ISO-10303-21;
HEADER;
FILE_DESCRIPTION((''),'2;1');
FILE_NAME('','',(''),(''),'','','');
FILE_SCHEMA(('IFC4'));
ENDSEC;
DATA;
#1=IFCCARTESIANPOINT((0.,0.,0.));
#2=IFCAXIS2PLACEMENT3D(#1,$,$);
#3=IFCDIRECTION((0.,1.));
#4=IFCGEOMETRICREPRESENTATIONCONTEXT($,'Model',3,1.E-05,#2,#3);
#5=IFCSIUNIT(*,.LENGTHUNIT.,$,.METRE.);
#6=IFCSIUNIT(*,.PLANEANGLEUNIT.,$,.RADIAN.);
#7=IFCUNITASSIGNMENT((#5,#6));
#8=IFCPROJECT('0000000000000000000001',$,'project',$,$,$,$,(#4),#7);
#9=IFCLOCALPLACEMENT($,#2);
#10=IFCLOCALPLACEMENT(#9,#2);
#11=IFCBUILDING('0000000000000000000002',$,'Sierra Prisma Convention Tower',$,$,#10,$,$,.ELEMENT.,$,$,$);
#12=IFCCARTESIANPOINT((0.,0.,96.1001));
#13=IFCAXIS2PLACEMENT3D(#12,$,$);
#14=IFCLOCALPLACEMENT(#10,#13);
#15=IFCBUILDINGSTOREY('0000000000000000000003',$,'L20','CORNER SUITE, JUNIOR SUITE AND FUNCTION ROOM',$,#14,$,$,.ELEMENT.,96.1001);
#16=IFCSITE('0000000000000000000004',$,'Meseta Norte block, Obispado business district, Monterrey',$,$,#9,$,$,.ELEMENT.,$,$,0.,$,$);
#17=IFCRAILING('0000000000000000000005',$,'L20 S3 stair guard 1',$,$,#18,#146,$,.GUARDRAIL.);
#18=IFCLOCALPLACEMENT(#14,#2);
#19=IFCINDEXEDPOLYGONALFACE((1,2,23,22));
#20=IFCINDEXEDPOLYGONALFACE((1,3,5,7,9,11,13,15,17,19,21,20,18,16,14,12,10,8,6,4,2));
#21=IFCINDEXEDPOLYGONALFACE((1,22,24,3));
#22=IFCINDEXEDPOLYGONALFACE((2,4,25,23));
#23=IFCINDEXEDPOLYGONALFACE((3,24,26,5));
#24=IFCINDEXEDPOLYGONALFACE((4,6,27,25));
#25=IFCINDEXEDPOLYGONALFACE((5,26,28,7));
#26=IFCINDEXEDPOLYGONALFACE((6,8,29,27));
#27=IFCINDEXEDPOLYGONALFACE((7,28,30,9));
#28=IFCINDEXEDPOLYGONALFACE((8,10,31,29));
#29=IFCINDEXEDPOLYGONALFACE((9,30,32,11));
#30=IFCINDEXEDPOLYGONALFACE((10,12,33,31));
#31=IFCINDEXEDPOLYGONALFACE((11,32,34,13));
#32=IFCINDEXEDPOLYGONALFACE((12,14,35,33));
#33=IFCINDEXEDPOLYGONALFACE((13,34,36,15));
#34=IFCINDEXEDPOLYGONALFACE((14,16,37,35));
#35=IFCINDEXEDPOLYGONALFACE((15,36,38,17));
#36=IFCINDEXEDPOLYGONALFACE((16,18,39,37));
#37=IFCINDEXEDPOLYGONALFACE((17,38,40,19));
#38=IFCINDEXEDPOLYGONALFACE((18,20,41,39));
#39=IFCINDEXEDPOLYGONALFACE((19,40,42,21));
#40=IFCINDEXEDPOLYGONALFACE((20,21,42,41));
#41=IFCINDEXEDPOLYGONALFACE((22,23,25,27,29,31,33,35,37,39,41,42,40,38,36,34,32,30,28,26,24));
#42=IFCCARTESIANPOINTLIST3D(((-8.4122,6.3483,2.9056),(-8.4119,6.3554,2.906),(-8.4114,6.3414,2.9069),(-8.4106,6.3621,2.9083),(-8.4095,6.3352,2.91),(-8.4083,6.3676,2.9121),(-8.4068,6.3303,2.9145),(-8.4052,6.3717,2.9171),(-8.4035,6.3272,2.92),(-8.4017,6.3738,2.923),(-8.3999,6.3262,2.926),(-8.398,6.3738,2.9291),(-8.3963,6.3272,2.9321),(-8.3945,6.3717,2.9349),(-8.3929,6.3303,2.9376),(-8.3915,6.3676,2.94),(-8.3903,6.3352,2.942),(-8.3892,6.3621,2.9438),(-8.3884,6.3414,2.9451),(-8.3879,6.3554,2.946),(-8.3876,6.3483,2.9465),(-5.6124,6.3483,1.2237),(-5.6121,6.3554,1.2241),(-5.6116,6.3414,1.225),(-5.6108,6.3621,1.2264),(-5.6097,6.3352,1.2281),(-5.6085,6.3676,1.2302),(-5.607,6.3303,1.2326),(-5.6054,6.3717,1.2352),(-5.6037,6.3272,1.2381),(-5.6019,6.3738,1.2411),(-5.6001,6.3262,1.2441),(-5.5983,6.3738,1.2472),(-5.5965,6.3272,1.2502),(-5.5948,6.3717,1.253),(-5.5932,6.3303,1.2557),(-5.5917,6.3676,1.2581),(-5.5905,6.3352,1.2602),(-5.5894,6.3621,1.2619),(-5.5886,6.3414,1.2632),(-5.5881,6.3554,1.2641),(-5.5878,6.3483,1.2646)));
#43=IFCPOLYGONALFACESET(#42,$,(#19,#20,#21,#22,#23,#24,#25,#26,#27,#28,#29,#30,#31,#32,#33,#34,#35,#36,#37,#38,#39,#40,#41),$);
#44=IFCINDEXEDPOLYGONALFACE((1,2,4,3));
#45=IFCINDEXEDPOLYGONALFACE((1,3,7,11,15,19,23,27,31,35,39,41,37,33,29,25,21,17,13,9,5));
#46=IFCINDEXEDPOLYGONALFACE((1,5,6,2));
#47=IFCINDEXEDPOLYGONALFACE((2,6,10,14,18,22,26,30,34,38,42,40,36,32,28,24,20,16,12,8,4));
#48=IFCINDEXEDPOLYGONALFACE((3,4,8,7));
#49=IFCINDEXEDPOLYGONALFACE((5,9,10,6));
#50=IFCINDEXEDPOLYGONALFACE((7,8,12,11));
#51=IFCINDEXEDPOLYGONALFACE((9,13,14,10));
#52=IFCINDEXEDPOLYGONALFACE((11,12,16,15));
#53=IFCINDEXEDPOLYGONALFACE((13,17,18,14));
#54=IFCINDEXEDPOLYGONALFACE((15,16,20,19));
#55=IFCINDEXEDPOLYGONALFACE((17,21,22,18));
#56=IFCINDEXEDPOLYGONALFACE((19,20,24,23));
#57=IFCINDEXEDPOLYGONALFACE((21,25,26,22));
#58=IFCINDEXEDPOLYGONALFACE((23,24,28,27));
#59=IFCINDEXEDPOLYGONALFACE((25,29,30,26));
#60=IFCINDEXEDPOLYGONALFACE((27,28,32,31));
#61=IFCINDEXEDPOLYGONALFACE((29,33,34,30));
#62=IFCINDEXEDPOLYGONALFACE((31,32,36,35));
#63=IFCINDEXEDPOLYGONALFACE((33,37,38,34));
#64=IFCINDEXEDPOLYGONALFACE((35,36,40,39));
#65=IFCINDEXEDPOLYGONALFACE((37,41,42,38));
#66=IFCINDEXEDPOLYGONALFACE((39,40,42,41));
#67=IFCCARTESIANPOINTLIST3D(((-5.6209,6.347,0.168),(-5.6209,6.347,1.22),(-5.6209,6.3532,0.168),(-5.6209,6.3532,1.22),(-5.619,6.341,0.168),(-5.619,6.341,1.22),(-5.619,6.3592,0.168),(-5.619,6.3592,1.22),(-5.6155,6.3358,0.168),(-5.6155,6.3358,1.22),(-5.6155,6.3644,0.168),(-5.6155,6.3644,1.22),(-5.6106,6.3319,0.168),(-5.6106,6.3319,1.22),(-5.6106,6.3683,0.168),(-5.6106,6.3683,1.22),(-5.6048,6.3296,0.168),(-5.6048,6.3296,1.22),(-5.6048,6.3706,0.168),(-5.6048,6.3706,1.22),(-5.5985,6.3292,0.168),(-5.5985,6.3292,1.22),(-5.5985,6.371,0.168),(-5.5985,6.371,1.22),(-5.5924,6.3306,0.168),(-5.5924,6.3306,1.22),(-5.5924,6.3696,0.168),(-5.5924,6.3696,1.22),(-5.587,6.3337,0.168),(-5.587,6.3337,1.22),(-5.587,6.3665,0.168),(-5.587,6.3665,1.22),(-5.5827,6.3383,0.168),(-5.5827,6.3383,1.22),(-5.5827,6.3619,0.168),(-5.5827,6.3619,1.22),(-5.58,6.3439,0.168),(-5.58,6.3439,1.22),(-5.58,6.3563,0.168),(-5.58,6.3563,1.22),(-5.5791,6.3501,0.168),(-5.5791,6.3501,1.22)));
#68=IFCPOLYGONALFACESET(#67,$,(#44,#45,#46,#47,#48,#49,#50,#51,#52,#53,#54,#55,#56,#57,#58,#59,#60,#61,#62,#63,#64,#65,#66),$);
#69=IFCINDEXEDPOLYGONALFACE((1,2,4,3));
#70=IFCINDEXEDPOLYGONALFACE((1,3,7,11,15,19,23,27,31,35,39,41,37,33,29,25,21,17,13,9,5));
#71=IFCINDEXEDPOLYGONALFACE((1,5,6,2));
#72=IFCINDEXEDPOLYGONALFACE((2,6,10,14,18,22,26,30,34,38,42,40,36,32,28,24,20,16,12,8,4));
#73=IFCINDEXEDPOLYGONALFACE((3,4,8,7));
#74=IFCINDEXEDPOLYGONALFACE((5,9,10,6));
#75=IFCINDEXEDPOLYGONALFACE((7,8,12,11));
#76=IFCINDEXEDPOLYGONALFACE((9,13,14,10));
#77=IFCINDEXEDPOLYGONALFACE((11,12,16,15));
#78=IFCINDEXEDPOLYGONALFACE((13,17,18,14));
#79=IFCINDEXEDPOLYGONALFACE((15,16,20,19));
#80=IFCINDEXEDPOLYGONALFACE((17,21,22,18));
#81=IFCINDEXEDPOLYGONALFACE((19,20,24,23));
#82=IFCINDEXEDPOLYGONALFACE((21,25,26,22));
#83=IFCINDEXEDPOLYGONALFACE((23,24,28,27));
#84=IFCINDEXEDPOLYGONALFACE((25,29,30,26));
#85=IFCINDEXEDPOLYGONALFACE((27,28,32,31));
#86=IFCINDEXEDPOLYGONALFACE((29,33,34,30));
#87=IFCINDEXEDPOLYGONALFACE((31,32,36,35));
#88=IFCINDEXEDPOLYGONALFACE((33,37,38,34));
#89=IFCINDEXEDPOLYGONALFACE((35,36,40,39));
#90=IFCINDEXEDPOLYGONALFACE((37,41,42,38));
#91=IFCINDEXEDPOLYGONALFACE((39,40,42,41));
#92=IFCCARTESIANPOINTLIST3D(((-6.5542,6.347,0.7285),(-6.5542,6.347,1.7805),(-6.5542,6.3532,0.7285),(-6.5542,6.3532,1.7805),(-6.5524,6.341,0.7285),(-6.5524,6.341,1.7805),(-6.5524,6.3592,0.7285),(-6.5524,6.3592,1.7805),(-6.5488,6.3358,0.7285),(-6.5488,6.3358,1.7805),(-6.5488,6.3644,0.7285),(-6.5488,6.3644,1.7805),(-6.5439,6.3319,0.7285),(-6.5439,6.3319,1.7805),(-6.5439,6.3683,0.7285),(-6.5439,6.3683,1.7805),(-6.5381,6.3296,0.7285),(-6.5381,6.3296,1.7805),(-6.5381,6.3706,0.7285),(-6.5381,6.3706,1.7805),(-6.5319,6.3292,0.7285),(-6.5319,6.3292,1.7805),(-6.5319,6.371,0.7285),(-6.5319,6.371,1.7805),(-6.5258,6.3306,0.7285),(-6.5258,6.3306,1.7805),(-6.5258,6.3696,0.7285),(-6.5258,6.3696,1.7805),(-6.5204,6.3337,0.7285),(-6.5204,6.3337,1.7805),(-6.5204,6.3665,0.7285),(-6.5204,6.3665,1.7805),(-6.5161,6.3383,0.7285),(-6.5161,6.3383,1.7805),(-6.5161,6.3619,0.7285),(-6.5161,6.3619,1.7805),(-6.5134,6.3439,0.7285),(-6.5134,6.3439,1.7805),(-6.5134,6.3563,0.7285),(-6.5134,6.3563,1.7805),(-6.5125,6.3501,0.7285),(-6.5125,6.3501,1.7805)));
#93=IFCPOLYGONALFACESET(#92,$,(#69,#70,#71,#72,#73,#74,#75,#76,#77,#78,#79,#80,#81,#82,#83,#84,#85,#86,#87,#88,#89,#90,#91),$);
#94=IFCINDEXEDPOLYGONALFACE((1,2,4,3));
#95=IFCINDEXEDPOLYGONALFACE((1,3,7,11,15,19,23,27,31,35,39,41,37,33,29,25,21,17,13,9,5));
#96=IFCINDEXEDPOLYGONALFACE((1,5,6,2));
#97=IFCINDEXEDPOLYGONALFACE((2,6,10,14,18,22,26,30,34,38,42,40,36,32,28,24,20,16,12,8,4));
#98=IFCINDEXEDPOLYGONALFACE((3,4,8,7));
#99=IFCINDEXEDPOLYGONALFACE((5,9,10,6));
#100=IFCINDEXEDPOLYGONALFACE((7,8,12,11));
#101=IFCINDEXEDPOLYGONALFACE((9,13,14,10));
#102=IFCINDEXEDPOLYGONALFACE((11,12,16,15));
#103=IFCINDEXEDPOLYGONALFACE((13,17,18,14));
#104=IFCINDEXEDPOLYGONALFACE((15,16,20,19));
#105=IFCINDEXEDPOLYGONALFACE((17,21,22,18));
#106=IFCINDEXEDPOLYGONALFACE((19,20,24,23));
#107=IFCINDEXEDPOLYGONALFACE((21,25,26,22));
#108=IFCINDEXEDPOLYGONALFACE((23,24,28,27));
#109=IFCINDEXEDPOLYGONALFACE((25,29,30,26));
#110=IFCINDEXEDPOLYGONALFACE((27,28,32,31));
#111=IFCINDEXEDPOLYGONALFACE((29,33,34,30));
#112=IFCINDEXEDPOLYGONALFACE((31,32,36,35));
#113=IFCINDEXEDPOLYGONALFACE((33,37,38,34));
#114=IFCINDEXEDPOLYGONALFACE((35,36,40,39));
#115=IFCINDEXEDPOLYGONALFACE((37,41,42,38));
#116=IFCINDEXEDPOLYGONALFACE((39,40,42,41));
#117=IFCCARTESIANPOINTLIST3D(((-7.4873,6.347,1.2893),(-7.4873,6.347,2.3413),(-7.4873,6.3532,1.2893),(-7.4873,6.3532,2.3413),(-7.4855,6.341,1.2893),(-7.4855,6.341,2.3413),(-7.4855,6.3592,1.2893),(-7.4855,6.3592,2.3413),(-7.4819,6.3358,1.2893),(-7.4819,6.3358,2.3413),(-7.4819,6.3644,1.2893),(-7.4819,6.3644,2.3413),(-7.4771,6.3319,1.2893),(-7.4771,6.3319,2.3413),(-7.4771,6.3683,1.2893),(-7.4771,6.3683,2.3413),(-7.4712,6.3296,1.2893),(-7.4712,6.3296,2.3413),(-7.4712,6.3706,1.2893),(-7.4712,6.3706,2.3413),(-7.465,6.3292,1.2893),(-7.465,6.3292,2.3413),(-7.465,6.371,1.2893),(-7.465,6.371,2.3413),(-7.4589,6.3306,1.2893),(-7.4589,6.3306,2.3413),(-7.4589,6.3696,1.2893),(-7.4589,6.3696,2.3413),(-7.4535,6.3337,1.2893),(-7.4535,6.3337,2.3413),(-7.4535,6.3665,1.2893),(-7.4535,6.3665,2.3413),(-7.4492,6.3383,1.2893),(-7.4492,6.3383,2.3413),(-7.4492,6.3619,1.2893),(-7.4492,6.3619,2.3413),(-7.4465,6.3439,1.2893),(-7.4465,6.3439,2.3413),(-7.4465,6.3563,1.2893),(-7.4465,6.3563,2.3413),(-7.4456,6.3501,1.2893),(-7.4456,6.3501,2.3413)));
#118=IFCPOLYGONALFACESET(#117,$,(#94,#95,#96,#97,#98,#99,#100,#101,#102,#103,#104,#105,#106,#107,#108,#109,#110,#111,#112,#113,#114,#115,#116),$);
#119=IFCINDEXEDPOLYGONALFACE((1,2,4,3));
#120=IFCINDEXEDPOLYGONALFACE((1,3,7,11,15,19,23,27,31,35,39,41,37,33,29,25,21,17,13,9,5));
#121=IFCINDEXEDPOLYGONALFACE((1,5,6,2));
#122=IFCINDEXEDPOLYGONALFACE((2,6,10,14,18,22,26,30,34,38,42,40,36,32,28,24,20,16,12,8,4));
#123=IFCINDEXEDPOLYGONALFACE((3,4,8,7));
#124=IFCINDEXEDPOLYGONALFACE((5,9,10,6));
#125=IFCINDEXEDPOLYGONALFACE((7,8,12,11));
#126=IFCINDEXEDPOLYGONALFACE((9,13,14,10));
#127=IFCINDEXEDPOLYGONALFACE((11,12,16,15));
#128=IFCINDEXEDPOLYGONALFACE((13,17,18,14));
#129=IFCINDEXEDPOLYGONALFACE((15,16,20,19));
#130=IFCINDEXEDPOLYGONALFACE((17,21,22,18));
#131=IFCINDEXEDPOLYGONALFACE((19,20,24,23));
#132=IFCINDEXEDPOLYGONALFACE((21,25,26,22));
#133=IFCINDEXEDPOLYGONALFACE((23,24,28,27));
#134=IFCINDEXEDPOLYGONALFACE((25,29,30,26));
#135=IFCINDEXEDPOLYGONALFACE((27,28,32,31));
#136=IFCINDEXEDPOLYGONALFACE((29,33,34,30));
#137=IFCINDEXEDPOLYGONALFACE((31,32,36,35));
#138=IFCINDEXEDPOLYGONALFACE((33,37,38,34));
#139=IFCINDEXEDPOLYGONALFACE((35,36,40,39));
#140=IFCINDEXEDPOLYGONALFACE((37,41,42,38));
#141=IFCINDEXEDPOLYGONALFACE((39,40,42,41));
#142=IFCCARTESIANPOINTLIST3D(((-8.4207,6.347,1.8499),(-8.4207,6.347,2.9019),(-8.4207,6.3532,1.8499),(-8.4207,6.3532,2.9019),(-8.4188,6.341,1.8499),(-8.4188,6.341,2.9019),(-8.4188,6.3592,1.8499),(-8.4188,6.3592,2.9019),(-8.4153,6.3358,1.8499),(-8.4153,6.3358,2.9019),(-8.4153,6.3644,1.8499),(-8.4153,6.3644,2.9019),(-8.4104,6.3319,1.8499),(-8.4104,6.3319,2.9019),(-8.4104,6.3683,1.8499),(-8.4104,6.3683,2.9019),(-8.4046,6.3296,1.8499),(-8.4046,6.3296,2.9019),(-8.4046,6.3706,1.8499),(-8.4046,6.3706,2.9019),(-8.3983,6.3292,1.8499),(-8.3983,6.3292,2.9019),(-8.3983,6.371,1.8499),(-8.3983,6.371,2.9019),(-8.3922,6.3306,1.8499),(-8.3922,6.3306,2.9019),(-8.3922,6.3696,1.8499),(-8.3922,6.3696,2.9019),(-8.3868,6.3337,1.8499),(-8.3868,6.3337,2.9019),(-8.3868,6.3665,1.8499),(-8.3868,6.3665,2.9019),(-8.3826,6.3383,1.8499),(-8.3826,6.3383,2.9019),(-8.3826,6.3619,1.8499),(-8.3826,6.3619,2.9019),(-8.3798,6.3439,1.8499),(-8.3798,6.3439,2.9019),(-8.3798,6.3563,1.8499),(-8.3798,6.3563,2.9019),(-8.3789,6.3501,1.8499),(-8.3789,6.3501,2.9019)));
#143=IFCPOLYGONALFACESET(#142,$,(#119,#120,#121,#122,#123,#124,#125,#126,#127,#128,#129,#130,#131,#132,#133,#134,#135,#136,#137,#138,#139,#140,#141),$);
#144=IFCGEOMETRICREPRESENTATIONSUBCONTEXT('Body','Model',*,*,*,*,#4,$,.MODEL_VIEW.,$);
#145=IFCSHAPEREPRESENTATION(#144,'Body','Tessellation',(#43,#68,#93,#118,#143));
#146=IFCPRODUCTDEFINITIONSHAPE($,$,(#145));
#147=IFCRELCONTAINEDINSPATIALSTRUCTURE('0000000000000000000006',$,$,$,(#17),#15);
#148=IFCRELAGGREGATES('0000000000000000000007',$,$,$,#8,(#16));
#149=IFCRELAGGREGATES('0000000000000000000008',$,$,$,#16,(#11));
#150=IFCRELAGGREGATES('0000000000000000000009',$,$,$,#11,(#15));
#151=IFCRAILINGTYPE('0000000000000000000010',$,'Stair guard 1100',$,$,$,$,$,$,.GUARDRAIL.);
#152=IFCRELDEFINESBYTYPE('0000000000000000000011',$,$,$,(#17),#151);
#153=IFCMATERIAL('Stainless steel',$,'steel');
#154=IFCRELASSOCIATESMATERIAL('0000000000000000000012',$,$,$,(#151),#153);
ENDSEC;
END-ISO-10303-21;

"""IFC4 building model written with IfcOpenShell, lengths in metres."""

from ifc_helpers import new_model, si_unit, direction, frame, origin, origin_2d, place, context, subcontext, project, spatial, circle, extrude, material, type_object, element, save


model = new_model("IFC4")

# Units and contexts
model_context = context("Model", 3, precision=1e-05, world=origin(), true_north=direction((0.0, 1.0)))
body_context = subcontext(model_context, "Body", "Model", "MODEL_VIEW")
ifc_project = project(units=[si_unit("LENGTHUNIT", "METRE"), si_unit("PLANEANGLEUNIT", "RADIAN")], contexts=[model_context])

# Site, building, storey
site_placement = place(None, origin())
site = spatial("IfcSite", under=ifc_project, at=site_placement, Name="Meseta Norte block, Obispado business district, Monterrey", CompositionType="ELEMENT", RefElevation=0.0)
building_placement = place(site_placement, origin())
building = spatial("IfcBuilding", under=site, at=building_placement, Name="Sierra Prisma Convention Tower", CompositionType="ELEMENT")
storey_placement = place(building_placement, frame((0.0, 0.0, 96.1001)))
storey = spatial("IfcBuildingStorey", under=building, at=storey_placement, Name="L20", Description="CORNER SUITE, JUNIOR SUITE AND FUNCTION ROOM", CompositionType="ELEMENT", Elevation=96.1001)

# Railing
ifc_material_1 = material(Name="Stainless steel", Category="steel")
railing_type_1 = type_object("IfcRailingType", Name="Stair guard 1100", PredefinedType="GUARDRAIL", material=ifc_material_1)
railing_1_placement = place(storey_placement, frame((-5.6001, 6.3501, 0.168)))
element("IfcRailing", 1, at=railing_1_placement, inside=storey, type_object=railing_type_1, Name="L20 S3 stair guard 1", PredefinedType="GUARDRAIL", context=body_context, shape_type="SweptSolid", body=[
    extrude(circle(Radius=0.0239, at=origin_2d()), frame((0.0, 0.0, 1.0762), z_axis=(-0.857222, 0.0, 0.514946), x_axis=(0.0, -1.0, 0.0)), (0.0, 0.0, 1.0), 3.2661),
    extrude(circle(Radius=0.021, at=origin_2d()), origin(), (0.0, 0.0, 1.0), 1.052),
    extrude(circle(Radius=0.021, at=origin_2d()), frame((-0.9333, 0.0, 0.5605)), (0.0, 0.0, 1.0), 1.052),
    extrude(circle(Radius=0.021, at=origin_2d()), frame((-1.8665, 0.0, 1.1213)), (0.0, 0.0, 1.0), 1.052),
    extrude(circle(Radius=0.021, at=origin_2d()), frame((-2.7998, 0.0, 1.6819)), (0.0, 0.0, 1.0), 1.052),
])

save(model, "model.ifc")
